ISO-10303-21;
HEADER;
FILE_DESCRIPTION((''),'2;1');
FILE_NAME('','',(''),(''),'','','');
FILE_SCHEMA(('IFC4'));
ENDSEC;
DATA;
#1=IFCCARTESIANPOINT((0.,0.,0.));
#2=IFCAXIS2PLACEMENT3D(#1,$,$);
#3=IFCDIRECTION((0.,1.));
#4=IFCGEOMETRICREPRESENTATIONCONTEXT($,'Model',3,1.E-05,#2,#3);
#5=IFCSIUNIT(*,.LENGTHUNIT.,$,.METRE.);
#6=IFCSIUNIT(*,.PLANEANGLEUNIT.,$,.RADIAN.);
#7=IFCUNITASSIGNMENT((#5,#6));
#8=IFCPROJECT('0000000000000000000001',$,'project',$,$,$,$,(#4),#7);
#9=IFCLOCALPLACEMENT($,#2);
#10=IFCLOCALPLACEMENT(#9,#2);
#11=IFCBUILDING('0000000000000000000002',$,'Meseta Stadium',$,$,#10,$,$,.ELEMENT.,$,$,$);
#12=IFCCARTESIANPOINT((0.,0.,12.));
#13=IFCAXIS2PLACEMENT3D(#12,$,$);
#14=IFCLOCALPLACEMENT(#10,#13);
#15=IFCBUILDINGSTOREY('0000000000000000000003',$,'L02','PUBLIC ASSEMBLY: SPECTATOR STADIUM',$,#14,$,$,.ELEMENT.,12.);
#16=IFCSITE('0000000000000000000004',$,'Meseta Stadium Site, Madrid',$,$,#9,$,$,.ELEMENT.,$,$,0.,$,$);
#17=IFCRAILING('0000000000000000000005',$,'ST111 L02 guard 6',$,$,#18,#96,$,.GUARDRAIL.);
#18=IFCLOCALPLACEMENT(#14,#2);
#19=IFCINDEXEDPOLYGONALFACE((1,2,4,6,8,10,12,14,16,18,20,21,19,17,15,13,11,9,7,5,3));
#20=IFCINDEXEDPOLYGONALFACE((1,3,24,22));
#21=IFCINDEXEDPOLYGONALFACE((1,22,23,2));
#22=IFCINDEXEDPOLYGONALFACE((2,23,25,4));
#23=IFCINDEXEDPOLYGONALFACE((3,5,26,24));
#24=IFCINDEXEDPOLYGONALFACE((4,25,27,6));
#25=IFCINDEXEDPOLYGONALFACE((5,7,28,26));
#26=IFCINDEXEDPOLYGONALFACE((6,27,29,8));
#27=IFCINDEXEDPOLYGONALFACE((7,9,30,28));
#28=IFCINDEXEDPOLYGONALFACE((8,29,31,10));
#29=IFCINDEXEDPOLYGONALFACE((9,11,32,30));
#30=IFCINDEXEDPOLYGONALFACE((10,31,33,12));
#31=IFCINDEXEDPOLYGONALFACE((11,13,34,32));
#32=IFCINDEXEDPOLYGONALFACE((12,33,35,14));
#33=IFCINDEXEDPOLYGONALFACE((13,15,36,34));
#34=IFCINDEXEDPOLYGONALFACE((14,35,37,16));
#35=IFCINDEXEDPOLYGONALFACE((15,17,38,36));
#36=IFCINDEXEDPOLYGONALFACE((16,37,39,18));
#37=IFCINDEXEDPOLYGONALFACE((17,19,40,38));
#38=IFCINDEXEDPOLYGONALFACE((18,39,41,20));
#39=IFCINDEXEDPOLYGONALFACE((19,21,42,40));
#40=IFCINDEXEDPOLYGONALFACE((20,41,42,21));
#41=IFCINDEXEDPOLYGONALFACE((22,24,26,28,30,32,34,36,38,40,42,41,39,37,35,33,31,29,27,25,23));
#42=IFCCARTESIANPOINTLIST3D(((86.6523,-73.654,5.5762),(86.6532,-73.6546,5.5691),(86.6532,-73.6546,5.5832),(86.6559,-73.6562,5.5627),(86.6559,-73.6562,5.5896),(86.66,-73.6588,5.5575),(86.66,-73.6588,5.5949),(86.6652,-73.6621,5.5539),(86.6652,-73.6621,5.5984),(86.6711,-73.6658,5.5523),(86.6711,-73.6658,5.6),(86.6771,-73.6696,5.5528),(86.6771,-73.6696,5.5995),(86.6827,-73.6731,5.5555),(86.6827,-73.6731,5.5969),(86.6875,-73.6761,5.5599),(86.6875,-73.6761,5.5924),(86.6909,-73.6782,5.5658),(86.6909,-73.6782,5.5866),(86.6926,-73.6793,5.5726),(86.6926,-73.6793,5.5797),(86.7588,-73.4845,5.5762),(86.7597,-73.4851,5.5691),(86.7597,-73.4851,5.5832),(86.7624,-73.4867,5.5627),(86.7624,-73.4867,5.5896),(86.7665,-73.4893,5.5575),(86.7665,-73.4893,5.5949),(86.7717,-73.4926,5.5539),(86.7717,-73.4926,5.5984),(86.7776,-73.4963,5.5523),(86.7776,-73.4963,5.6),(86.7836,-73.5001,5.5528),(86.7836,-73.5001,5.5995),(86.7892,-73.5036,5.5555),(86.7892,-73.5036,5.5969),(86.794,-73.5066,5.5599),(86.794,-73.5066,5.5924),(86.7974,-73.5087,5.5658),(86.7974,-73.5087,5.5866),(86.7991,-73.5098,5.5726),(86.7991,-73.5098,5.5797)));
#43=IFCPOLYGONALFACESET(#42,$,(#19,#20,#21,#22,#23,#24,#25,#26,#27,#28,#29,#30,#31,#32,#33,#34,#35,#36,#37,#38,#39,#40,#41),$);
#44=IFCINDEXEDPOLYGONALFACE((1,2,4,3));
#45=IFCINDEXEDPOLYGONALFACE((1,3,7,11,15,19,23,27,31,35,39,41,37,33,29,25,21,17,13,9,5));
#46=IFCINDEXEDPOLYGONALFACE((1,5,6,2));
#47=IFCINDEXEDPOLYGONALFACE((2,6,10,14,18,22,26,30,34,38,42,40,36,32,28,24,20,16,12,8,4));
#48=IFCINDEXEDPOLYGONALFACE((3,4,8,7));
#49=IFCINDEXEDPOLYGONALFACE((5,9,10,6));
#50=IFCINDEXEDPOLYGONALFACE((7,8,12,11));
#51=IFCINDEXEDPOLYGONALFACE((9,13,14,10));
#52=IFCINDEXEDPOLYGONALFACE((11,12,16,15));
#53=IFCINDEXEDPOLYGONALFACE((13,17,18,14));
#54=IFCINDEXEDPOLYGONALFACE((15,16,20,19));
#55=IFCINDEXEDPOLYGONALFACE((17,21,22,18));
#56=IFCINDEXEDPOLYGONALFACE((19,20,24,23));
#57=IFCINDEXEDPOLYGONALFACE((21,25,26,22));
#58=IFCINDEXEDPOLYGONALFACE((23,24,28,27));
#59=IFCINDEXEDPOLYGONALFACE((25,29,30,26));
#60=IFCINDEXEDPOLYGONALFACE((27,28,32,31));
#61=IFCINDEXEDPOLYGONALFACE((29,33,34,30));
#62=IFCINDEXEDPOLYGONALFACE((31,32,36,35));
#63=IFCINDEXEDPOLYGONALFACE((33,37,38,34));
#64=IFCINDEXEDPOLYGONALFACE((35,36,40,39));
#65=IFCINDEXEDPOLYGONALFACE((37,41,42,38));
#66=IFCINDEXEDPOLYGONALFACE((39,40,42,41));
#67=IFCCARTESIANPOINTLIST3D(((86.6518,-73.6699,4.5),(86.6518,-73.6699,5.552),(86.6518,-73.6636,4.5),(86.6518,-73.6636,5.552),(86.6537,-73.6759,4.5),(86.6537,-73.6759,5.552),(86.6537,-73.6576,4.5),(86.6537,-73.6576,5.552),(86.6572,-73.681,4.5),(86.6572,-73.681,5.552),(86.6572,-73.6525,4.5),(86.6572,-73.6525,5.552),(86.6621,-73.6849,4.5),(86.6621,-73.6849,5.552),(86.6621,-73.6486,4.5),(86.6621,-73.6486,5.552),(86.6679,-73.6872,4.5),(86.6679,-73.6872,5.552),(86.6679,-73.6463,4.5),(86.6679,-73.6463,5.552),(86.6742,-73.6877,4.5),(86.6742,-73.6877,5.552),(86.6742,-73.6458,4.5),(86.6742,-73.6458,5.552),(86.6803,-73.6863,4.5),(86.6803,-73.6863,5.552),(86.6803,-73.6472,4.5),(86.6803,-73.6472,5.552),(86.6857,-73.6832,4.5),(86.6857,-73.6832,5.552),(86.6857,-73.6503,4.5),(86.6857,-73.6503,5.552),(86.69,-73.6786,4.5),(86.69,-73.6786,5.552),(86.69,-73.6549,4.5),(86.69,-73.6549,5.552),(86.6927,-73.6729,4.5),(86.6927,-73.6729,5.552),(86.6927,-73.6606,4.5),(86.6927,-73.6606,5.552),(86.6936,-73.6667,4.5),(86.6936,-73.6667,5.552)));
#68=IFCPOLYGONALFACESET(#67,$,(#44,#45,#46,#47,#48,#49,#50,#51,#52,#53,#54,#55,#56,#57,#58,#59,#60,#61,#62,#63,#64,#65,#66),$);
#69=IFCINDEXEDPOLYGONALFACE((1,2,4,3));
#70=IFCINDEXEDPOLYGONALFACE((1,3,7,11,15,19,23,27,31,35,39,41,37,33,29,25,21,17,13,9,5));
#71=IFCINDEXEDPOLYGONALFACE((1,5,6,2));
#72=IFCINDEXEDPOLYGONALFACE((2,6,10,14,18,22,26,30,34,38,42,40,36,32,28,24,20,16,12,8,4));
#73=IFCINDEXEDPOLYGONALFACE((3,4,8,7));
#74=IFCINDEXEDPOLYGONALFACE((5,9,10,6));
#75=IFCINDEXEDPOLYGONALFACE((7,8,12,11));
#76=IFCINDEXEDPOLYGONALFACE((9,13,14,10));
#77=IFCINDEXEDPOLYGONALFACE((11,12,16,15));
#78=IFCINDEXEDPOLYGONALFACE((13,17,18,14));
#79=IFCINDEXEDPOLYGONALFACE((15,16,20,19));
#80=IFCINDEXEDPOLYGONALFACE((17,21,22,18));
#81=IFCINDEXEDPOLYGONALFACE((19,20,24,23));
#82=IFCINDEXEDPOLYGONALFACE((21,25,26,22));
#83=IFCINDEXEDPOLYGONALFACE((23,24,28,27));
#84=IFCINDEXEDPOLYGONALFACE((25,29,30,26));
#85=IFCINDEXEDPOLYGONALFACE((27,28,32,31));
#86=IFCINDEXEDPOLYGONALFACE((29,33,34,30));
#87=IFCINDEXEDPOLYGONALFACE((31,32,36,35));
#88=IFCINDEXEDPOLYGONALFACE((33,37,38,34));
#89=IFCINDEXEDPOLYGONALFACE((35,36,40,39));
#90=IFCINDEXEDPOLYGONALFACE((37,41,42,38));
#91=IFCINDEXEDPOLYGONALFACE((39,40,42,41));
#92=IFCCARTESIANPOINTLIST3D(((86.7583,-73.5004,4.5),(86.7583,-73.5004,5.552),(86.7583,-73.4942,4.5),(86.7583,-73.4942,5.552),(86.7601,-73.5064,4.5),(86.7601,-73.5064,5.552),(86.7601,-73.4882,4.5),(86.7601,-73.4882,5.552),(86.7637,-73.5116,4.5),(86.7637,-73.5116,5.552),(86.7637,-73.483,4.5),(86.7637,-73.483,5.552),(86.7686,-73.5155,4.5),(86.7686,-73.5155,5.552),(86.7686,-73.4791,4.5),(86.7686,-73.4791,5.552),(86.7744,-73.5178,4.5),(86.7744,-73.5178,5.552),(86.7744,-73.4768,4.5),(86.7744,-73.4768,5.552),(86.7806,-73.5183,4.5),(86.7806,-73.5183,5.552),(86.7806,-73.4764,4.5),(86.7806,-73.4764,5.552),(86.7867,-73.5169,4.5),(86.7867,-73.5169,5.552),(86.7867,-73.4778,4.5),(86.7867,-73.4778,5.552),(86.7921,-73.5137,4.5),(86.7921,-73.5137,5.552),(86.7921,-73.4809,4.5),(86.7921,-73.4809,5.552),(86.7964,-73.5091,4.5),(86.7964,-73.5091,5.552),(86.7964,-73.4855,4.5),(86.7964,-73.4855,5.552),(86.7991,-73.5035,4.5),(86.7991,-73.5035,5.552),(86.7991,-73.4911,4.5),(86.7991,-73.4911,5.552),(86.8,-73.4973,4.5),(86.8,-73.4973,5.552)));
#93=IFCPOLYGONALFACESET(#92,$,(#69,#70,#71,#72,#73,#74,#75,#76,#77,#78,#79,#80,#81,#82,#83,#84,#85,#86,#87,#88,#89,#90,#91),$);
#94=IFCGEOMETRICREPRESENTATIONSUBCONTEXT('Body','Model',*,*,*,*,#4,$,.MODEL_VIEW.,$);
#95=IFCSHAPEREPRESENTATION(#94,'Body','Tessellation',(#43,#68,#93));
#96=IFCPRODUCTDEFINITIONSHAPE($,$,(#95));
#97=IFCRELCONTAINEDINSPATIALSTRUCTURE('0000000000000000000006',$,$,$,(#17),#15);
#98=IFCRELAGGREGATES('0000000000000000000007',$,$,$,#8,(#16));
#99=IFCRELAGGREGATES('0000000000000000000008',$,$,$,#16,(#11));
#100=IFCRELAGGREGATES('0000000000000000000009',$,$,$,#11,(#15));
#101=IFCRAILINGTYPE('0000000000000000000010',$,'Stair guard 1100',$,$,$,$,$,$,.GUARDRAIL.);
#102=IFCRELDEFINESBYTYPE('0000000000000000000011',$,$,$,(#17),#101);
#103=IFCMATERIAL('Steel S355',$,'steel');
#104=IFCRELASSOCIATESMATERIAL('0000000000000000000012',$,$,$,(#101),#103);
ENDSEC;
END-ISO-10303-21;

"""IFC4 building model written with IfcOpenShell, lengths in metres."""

from ifc_helpers import new_model, si_unit, direction, frame, origin, origin_2d, place, context, subcontext, project, spatial, circle, extrude, material, type_object, element, save


model = new_model("IFC4")

# Units and contexts
model_context = context("Model", 3, precision=1e-05, world=origin(), true_north=direction((0.0, 1.0)))
body_context = subcontext(model_context, "Body", "Model", "MODEL_VIEW")
ifc_project = project(units=[si_unit("LENGTHUNIT", "METRE"), si_unit("PLANEANGLEUNIT", "RADIAN")], contexts=[model_context])

# Site, building, storey
site_placement = place(None, origin())
site = spatial("IfcSite", under=ifc_project, at=site_placement, Name="Meseta Stadium Site, Madrid", CompositionType="ELEMENT", RefElevation=0.0)
building_placement = place(site_placement, origin())
building = spatial("IfcBuilding", under=site, at=building_placement, Name="Meseta Stadium", CompositionType="ELEMENT")
storey_placement = place(building_placement, frame((0.0, 0.0, 12.0)))
storey = spatial("IfcBuildingStorey", under=building, at=storey_placement, Name="L02", Description="PUBLIC ASSEMBLY: SPECTATOR STADIUM", CompositionType="ELEMENT", Elevation=12.0)

# Railing
ifc_material_1 = material(Name="Steel S355", Category="steel")
railing_type_1 = type_object("IfcRailingType", Name="Stair guard 1100", PredefinedType="GUARDRAIL", material=ifc_material_1)
railing_1_placement = place(storey_placement, frame((86.6726, -73.6667, 4.5)))
element("IfcRailing", 1, at=railing_1_placement, inside=storey, type_object=railing_type_1, Name="ST111 L02 guard 6", PredefinedType="GUARDRAIL", context=body_context, shape_type="SweptSolid", body=[
    extrude(circle(Radius=0.0239, at=origin_2d()), frame((0.0, 0.0, 1.0762), z_axis=(0.531972, 0.846762, 0.0), x_axis=(-0.846762, 0.531972, 0.0)), (0.0, 0.0, 1.0), 0.2002),
    extrude(circle(Radius=0.021, at=origin_2d()), origin(), (0.0, 0.0, 1.0), 1.052),
    extrude(circle(Radius=0.021, at=origin_2d()), frame((0.1064, 0.1694, 0.0)), (0.0, 0.0, 1.0), 1.052),
])

save(model, "model.ifc")
